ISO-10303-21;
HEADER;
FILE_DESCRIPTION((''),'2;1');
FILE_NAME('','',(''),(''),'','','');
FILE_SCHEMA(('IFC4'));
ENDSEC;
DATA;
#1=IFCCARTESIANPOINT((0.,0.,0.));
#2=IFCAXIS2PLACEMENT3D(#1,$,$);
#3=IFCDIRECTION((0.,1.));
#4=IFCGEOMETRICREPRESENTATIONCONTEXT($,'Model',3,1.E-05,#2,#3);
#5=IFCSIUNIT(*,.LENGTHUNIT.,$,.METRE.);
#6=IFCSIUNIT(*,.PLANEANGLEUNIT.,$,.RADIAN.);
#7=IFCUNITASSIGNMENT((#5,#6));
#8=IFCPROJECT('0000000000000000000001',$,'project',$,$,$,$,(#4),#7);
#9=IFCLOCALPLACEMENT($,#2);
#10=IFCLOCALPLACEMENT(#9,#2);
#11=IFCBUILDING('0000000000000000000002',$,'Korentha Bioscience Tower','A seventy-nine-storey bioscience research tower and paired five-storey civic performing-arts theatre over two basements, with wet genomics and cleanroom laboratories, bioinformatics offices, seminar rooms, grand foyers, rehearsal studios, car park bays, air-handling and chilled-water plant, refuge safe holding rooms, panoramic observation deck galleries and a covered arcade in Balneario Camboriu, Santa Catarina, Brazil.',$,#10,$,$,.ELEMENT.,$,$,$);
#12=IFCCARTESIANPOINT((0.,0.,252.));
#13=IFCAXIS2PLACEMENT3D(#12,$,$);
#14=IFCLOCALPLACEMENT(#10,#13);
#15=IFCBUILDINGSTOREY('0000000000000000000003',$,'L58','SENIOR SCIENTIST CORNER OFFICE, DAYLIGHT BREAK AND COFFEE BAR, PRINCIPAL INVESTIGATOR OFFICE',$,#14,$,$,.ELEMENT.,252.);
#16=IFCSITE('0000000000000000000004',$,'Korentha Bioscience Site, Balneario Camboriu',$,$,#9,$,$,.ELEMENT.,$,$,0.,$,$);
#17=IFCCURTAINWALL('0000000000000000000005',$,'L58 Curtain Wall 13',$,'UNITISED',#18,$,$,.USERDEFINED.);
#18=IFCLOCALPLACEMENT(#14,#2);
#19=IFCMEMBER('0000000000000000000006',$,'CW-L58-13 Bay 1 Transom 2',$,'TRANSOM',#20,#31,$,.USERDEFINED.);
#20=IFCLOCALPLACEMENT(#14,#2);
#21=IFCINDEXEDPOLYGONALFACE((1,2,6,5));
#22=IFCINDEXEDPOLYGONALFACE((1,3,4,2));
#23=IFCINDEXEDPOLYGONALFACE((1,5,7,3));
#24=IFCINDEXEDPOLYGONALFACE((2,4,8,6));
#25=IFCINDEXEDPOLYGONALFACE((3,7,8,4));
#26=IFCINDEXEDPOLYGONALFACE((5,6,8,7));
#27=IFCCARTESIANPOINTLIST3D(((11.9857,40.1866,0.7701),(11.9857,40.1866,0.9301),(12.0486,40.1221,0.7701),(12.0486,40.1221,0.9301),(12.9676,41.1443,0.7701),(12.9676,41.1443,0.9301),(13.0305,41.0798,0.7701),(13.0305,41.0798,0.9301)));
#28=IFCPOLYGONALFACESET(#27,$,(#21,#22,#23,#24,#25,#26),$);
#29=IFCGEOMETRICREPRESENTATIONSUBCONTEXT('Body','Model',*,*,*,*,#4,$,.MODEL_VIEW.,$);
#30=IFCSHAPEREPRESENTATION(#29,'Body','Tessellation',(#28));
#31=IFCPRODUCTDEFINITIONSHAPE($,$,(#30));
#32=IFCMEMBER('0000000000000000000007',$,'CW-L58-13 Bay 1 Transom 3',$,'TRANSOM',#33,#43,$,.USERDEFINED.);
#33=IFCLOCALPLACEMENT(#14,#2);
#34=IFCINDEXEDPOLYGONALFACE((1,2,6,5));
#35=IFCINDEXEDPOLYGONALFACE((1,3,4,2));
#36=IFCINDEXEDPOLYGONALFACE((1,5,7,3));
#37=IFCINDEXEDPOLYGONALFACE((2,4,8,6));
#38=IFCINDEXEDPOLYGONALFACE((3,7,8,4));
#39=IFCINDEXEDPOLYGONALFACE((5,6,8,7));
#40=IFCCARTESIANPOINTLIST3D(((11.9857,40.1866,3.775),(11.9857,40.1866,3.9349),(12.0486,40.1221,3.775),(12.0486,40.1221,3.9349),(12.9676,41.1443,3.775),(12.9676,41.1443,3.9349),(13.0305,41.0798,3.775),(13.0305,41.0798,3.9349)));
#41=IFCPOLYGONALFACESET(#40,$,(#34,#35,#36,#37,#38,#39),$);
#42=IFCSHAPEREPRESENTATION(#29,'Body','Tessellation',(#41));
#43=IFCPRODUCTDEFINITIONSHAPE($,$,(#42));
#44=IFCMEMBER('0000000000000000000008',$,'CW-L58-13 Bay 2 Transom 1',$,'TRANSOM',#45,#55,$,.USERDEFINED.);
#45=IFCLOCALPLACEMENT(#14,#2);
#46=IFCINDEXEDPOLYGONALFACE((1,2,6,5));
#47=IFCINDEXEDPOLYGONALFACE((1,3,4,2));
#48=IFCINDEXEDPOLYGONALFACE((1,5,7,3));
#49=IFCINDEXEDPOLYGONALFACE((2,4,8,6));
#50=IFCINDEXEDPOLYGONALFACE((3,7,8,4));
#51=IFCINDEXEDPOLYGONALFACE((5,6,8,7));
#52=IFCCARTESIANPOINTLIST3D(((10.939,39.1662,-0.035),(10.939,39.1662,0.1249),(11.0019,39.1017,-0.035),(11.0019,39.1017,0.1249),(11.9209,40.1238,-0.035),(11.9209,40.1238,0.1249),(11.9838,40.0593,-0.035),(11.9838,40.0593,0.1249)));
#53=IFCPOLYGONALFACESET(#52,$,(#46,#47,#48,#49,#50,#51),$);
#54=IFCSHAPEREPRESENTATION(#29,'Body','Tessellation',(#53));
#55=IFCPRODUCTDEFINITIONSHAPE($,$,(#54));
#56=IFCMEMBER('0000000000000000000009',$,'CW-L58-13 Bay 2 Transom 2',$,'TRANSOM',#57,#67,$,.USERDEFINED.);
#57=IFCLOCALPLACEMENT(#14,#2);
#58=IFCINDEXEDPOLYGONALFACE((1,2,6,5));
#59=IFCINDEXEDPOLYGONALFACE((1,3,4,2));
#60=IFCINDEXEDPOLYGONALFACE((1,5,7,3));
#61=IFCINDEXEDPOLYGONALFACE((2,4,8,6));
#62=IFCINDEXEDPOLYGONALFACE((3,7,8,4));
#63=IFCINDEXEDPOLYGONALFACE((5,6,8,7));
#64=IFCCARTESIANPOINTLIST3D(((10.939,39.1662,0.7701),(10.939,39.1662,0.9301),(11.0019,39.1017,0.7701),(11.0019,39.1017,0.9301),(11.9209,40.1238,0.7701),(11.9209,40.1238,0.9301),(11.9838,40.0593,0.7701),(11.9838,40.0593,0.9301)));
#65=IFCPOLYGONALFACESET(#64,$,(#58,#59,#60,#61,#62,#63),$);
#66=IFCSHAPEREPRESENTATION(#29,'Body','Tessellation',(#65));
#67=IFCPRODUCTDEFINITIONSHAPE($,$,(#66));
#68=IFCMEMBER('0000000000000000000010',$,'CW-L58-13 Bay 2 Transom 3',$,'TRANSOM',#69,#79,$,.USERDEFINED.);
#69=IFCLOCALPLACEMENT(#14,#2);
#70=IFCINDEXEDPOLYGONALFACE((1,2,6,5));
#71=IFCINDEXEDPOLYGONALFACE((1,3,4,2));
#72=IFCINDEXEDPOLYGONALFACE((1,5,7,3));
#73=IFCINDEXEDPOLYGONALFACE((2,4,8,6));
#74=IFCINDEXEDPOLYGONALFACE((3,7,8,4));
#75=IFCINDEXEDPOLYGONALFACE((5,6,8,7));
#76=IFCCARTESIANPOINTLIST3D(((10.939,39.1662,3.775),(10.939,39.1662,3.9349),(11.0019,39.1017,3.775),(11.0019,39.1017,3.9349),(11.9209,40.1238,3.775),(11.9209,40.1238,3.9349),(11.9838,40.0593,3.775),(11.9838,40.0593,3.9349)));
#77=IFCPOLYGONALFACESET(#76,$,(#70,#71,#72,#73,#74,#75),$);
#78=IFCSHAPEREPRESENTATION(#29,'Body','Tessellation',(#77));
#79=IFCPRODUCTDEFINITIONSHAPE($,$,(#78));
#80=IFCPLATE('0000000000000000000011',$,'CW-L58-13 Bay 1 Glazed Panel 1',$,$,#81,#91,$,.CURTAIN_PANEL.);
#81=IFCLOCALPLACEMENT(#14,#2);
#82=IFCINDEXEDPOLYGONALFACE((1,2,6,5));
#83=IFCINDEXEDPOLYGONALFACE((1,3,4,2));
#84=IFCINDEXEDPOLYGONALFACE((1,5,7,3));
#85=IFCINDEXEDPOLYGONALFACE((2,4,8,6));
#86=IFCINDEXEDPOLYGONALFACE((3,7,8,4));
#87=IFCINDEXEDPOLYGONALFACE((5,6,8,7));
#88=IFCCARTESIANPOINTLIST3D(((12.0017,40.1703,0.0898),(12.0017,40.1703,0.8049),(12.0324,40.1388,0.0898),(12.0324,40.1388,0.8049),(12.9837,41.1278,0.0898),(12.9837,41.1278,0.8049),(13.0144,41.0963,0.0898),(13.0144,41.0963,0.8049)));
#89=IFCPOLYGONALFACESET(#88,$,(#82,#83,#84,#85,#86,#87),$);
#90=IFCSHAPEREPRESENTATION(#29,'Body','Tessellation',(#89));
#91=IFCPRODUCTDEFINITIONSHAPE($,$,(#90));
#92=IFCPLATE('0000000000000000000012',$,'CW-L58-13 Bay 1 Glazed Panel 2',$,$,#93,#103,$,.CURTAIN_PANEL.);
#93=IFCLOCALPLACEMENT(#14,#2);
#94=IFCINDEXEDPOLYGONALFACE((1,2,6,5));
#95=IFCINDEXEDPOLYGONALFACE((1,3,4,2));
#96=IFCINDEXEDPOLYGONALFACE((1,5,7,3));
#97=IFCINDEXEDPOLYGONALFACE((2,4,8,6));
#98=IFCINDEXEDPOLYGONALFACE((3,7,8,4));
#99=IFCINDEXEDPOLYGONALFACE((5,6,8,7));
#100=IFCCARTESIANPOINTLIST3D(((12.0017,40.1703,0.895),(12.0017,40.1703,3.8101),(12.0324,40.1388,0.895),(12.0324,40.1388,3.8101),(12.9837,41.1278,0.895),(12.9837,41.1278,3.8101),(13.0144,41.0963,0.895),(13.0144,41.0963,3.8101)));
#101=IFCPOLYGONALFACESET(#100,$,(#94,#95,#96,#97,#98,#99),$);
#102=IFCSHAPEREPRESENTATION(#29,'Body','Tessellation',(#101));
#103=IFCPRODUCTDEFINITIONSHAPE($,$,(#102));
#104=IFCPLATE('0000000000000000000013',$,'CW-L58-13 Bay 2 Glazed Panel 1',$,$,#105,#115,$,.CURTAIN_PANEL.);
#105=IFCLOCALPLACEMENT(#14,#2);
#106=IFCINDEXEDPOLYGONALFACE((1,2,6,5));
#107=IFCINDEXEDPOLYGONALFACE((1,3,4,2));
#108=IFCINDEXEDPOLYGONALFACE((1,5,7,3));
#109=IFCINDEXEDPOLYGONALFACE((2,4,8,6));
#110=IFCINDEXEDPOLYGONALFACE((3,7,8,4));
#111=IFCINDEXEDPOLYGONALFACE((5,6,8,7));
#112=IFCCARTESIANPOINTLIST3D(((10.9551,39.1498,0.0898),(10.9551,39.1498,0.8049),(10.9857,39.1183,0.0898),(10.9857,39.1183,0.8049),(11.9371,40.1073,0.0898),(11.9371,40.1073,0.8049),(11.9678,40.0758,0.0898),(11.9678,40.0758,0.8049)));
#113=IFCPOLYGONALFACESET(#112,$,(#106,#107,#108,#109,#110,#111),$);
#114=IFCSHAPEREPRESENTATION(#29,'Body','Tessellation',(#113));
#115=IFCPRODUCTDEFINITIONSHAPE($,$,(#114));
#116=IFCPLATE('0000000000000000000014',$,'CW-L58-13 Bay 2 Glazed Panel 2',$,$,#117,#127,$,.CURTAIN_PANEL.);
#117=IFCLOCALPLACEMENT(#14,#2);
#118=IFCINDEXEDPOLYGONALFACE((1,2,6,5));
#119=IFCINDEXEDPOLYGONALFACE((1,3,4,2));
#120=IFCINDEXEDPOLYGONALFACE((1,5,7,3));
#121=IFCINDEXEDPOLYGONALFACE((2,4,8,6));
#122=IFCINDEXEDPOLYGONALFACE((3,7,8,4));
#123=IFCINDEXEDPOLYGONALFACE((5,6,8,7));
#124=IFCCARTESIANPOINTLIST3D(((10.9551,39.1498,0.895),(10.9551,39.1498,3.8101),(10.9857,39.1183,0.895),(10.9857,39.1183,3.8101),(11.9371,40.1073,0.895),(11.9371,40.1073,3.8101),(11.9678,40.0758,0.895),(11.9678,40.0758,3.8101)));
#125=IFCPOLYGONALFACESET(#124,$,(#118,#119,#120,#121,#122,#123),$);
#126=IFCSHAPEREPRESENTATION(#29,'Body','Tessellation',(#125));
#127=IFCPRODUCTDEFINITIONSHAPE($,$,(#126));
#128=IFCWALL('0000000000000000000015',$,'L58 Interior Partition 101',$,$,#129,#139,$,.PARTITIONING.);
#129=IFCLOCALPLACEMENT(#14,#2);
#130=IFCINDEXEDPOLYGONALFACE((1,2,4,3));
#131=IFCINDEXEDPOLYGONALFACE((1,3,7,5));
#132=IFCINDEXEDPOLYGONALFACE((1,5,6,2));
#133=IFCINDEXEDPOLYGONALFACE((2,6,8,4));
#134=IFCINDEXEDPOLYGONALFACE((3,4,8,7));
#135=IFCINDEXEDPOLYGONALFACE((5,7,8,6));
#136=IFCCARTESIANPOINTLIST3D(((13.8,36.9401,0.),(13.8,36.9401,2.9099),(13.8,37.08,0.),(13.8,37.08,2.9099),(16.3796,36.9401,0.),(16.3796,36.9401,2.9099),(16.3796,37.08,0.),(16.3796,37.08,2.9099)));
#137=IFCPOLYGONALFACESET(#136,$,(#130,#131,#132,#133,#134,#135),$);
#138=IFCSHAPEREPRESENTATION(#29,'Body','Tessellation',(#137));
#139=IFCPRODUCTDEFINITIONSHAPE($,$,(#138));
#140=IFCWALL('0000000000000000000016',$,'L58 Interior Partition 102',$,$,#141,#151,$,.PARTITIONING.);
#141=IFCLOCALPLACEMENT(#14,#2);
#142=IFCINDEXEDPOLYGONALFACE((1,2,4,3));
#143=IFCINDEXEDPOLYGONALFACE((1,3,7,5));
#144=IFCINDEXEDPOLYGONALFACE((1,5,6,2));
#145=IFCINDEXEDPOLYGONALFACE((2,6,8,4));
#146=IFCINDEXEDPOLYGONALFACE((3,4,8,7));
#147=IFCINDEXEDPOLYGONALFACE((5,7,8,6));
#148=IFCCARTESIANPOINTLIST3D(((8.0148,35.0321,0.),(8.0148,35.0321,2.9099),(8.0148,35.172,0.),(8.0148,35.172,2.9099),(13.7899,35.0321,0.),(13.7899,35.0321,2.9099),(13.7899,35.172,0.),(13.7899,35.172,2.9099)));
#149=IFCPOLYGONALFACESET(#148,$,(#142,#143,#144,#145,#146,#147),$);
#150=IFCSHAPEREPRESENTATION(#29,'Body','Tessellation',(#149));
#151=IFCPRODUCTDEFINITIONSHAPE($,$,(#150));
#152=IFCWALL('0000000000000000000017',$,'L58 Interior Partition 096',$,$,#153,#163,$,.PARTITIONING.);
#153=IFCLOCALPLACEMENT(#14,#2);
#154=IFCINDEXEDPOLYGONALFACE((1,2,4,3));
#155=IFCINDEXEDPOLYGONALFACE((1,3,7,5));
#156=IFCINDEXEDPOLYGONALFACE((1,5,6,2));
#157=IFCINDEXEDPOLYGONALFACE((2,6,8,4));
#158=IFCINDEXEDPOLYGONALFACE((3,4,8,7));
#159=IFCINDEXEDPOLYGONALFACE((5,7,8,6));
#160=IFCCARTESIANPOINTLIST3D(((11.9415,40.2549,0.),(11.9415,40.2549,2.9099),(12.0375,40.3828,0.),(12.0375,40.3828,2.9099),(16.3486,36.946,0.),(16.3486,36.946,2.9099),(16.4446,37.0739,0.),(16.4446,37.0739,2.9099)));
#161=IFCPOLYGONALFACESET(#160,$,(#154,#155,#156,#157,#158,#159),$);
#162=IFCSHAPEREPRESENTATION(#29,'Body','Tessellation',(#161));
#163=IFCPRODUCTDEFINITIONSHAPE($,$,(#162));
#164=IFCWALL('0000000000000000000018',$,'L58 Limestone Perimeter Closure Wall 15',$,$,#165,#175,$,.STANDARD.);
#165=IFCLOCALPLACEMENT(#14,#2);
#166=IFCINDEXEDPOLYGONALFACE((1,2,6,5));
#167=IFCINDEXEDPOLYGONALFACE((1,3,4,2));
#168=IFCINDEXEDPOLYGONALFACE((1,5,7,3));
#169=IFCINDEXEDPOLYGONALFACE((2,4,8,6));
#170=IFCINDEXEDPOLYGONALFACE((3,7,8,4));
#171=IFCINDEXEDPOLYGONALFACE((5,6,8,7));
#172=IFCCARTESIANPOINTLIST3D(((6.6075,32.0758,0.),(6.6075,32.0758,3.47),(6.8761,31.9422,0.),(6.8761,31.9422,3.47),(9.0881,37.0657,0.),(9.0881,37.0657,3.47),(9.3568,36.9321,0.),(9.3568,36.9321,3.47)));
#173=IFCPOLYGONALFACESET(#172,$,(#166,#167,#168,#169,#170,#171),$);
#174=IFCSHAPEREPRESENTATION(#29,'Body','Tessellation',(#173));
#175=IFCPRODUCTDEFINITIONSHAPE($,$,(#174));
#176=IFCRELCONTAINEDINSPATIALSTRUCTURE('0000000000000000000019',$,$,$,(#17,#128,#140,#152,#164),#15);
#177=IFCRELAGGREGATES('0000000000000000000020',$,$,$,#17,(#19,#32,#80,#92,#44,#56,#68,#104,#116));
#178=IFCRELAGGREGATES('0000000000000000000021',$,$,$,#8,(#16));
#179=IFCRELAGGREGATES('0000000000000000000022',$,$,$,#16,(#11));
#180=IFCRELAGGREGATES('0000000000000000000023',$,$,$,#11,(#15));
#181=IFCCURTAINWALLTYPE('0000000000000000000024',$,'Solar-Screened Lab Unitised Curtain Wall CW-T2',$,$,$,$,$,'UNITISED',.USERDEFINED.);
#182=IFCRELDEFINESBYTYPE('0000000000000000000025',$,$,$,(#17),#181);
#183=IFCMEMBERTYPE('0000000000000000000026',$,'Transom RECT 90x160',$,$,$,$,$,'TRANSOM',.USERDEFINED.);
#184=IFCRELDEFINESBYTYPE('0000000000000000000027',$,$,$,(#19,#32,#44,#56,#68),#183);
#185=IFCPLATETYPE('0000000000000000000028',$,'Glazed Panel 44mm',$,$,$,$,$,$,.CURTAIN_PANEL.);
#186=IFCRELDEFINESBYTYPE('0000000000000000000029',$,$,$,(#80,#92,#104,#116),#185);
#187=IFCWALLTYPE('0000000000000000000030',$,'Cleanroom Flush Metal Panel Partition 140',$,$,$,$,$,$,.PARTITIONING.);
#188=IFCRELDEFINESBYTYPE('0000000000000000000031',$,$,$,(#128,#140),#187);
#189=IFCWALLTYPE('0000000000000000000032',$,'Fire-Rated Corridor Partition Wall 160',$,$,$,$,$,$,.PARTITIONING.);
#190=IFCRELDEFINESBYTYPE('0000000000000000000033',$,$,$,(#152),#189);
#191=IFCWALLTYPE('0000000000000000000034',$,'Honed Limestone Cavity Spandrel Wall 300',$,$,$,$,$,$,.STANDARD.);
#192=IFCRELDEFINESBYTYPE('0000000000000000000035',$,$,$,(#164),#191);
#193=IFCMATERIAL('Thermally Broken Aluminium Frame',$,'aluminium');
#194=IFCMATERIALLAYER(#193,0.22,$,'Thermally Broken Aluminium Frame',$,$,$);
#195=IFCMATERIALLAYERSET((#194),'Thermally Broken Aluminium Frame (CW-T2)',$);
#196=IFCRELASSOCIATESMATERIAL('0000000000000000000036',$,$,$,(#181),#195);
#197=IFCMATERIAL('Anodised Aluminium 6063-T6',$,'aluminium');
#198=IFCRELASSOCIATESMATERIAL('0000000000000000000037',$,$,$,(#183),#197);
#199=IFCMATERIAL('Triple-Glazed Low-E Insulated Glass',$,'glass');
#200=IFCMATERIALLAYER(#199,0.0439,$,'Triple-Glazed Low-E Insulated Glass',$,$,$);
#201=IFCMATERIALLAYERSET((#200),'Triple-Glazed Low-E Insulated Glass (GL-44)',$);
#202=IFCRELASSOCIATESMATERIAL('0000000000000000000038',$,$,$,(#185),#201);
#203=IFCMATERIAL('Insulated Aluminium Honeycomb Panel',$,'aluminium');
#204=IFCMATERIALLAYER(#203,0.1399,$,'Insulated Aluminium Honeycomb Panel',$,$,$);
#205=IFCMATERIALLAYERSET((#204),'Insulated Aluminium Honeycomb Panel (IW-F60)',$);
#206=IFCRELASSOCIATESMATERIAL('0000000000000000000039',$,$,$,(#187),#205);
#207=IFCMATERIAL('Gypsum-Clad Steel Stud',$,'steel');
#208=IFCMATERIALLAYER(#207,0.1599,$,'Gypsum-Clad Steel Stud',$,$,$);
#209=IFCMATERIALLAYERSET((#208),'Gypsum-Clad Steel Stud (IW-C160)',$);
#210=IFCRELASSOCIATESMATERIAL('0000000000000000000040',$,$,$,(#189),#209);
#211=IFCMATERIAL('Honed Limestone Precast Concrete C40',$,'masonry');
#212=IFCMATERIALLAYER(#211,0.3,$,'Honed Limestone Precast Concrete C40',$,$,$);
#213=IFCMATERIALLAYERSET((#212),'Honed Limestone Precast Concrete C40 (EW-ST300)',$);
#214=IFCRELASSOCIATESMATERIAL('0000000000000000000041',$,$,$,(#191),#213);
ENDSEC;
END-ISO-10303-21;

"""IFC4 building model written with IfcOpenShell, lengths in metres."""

from ifc_helpers import new_model, si_unit, direction, frame, frame_2d, origin, origin_2d, place, context, subcontext, project, spatial, rectangle, extrude, material, layer, layer_set, material_profile, profile_set, type_object, element, aggregate, save


model = new_model("IFC4")

# Units and contexts
model_context = context("Model", 3, precision=1e-05, world=origin(), true_north=direction((0.0, 1.0)))
body_context = subcontext(model_context, "Body", "Model", "MODEL_VIEW")
ifc_project = project(units=[si_unit("LENGTHUNIT", "METRE"), si_unit("PLANEANGLEUNIT", "RADIAN")], contexts=[model_context])

# Site, building, storey
site_placement = place(None, origin())
site = spatial("IfcSite", under=ifc_project, at=site_placement, Name="Korentha Bioscience Site, Balneario Camboriu", CompositionType="ELEMENT", RefElevation=0.0)
building_placement = place(site_placement, origin())
building = spatial("IfcBuilding", under=site, at=building_placement, Name="Korentha Bioscience Tower", Description="A seventy-nine-storey bioscience research tower and paired five-storey civic performing-arts theatre over two basements, with wet genomics and cleanroom laboratories, bioinformatics offices, seminar rooms, grand foyers, rehearsal studios, car park bays, air-handling and chilled-water plant, refuge safe holding rooms, panoramic observation deck galleries and a covered arcade in Balneario Camboriu, Santa Catarina, Brazil.", CompositionType="ELEMENT")
storey_placement = place(building_placement, frame((0.0, 0.0, 252.0)))
storey = spatial("IfcBuildingStorey", under=building, at=storey_placement, Name="L58", Description="SENIOR SCIENTIST CORNER OFFICE, DAYLIGHT BREAK AND COFFEE BAR, PRINCIPAL INVESTIGATOR OFFICE", CompositionType="ELEMENT", Elevation=252.0)

# Curtain wall
ifc_material_1 = material(Name="Thermally Broken Aluminium Frame", Category="aluminium")
ifc_layer_1 = layer(ifc_material_1, 0.22, Name="Thermally Broken Aluminium Frame")
ifc_layer_set_1 = layer_set([ifc_layer_1], Name="Thermally Broken Aluminium Frame (CW-T2)")
curtain_wall_type = type_object("IfcCurtainWallType", Name="Solar-Screened Lab Unitised Curtain Wall CW-T2", ElementType="UNITISED", PredefinedType="USERDEFINED", material=ifc_layer_set_1)
curtain_wall_placement = place(storey_placement, origin())
curtain_wall = element("IfcCurtainWall", 1, at=curtain_wall_placement, inside=storey, type_object=curtain_wall_type, Name="L58 Curtain Wall 13", ObjectType="UNITISED", PredefinedType="USERDEFINED")
ifc_material_2 = material(Name="Anodised Aluminium 6063-T6", Category="aluminium")

# Members
ifc_material_profile_1 = material_profile(ifc_material_2, rectangle(XDim=0.0901, YDim=0.1599, at=origin_2d()), Name="Anodised Aluminium 6063-T6")
ifc_profile_set_1 = profile_set([ifc_material_profile_1], Name="Anodised Aluminium 6063-T6 (CW-TRN)")
member_type_1 = type_object("IfcMemberType", Name="Transom RECT 90x160", ElementType="TRANSOM", PredefinedType="USERDEFINED", material=ifc_profile_set_1)
member_1_placement = place(storey_placement, frame((12.999, 41.1121, 0.8501), z_axis=(-0.715862, -0.698242, 0.0), x_axis=(0.698242, -0.715862, 0.0)))
member_1 = element("IfcMember", 2, at=member_1_placement, type_object=member_type_1, Name="CW-L58-13 Bay 1 Transom 2", ObjectType="TRANSOM", PredefinedType="USERDEFINED", context=body_context, shape_type="SweptSolid", body=[
    extrude(rectangle(XDim=0.0901, YDim=0.1599, at=origin_2d()), origin(), (0.0, 0.0, 1.0), 1.3716),
])
member_2_placement = place(storey_placement, frame((12.999, 41.1121, 3.855), z_axis=(-0.715862, -0.698242, 0.0), x_axis=(0.698242, -0.715862, 0.0)))
member_2 = element("IfcMember", 3, at=member_2_placement, type_object=member_type_1, Name="CW-L58-13 Bay 1 Transom 3", ObjectType="TRANSOM", PredefinedType="USERDEFINED", context=body_context, shape_type="SweptSolid", body=[
    extrude(rectangle(XDim=0.0901, YDim=0.1599, at=origin_2d()), origin(), (0.0, 0.0, 1.0), 1.3716),
])
member_3_placement = place(storey_placement, frame((11.9524, 40.0916, 0.0449), z_axis=(-0.715951, -0.69815, 0.0), x_axis=(0.69815, -0.715951, 0.0)))
member_3 = element("IfcMember", 4, at=member_3_placement, type_object=member_type_1, Name="CW-L58-13 Bay 2 Transom 1", ObjectType="TRANSOM", PredefinedType="USERDEFINED", context=body_context, shape_type="SweptSolid", body=[
    extrude(rectangle(XDim=0.0901, YDim=0.1599, at=origin_2d()), origin(), (0.0, 0.0, 1.0), 1.3716),
])
member_4_placement = place(storey_placement, frame((11.9524, 40.0916, 0.8501), z_axis=(-0.715951, -0.69815, 0.0), x_axis=(0.69815, -0.715951, 0.0)))
member_4 = element("IfcMember", 5, at=member_4_placement, type_object=member_type_1, Name="CW-L58-13 Bay 2 Transom 2", ObjectType="TRANSOM", PredefinedType="USERDEFINED", context=body_context, shape_type="SweptSolid", body=[
    extrude(rectangle(XDim=0.0901, YDim=0.1599, at=origin_2d()), origin(), (0.0, 0.0, 1.0), 1.3716),
])
member_5_placement = place(storey_placement, frame((11.9524, 40.0916, 3.855), z_axis=(-0.715951, -0.69815, 0.0), x_axis=(0.69815, -0.715951, 0.0)))
member_5 = element("IfcMember", 6, at=member_5_placement, type_object=member_type_1, Name="CW-L58-13 Bay 2 Transom 3", ObjectType="TRANSOM", PredefinedType="USERDEFINED", context=body_context, shape_type="SweptSolid", body=[
    extrude(rectangle(XDim=0.0901, YDim=0.1599, at=origin_2d()), origin(), (0.0, 0.0, 1.0), 1.3716),
])

# Plates
ifc_material_3 = material(Name="Triple-Glazed Low-E Insulated Glass", Category="glass")
ifc_layer_2 = layer(ifc_material_3, 0.0439, Name="Triple-Glazed Low-E Insulated Glass")
ifc_layer_set_2 = layer_set([ifc_layer_2], Name="Triple-Glazed Low-E Insulated Glass (GL-44)")
plate_type = type_object("IfcPlateType", Name="Glazed Panel 44mm", PredefinedType="CURTAIN_PANEL", material=ifc_layer_set_2)
plate_1_placement = place(storey_placement, frame((12.5081, 40.6333, 0.0898), z_axis=(0.0, 0.0, 1.0), x_axis=(-0.715994, -0.698107, 0.0)))
plate_1 = element("IfcPlate", 7, at=plate_1_placement, type_object=plate_type, Name="CW-L58-13 Bay 1 Glazed Panel 1", PredefinedType="CURTAIN_PANEL", context=body_context, shape_type="SweptSolid", body=[
    extrude(rectangle(XDim=1.3716, YDim=0.0439, at=origin_2d()), origin(), (0.0, 0.0, 1.0), 0.7151),
])
plate_2_placement = place(storey_placement, frame((12.5081, 40.6333, 0.895), z_axis=(0.0, 0.0, 1.0), x_axis=(-0.715994, -0.698107, 0.0)))
plate_2 = element("IfcPlate", 8, at=plate_2_placement, type_object=plate_type, Name="CW-L58-13 Bay 1 Glazed Panel 2", PredefinedType="CURTAIN_PANEL", context=body_context, shape_type="SweptSolid", body=[
    extrude(rectangle(XDim=1.3716, YDim=0.0439, at=origin_2d()), origin(), (0.0, 0.0, 1.0), 2.915),
])
plate_3_placement = place(storey_placement, frame((11.4614, 39.6128, 0.0898), z_axis=(0.0, 0.0, 1.0), x_axis=(-0.715994, -0.698107, 0.0)))
plate_3 = element("IfcPlate", 9, at=plate_3_placement, type_object=plate_type, Name="CW-L58-13 Bay 2 Glazed Panel 1", PredefinedType="CURTAIN_PANEL", context=body_context, shape_type="SweptSolid", body=[
    extrude(rectangle(XDim=1.3716, YDim=0.0439, at=origin_2d()), origin(), (0.0, 0.0, 1.0), 0.7151),
])
plate_4_placement = place(storey_placement, frame((11.4614, 39.6128, 0.895), z_axis=(0.0, 0.0, 1.0), x_axis=(-0.715994, -0.698107, 0.0)))
plate_4 = element("IfcPlate", 10, at=plate_4_placement, type_object=plate_type, Name="CW-L58-13 Bay 2 Glazed Panel 2", PredefinedType="CURTAIN_PANEL", context=body_context, shape_type="SweptSolid", body=[
    extrude(rectangle(XDim=1.3716, YDim=0.0439, at=origin_2d()), origin(), (0.0, 0.0, 1.0), 2.915),
])
aggregate(curtain_wall, [member_1, member_2, plate_1, plate_2, member_3, member_4, member_5, plate_3, plate_4])

# Shared definitions
ifc_material_4 = material(Name="Insulated Aluminium Honeycomb Panel", Category="aluminium")
ifc_layer_3 = layer(ifc_material_4, 0.1399, Name="Insulated Aluminium Honeycomb Panel")
ifc_layer_set_3 = layer_set([ifc_layer_3], Name="Insulated Aluminium Honeycomb Panel (IW-F60)")
wall_type_1 = type_object("IfcWallType", Name="Cleanroom Flush Metal Panel Partition 140", PredefinedType="PARTITIONING", material=ifc_layer_set_3)

# Walls
wall_1_placement = place(storey_placement, frame((16.3796, 37.01, 0.0), z_axis=(0.0, 0.0, 1.0), x_axis=(-1.0, 0.0, 0.0)))
element("IfcWall", 11, at=wall_1_placement, inside=storey, type_object=wall_type_1, Name="L58 Interior Partition 101", PredefinedType="PARTITIONING", context=body_context, shape_type="SweptSolid", body=[
    extrude(rectangle(XDim=2.5796, YDim=0.1399, at=frame_2d((1.2898, 0.0))), origin(), (0.0, 0.0, 1.0), 2.9099),
])
wall_2_placement = place(storey_placement, frame((13.79, 35.1021, 0.0), z_axis=(0.0, 0.0, 1.0), x_axis=(-1.0, 0.0, 0.0)))
element("IfcWall", 12, at=wall_2_placement, inside=storey, type_object=wall_type_1, Name="L58 Interior Partition 102", PredefinedType="PARTITIONING", context=body_context, shape_type="SweptSolid", body=[
    extrude(rectangle(XDim=5.7751, YDim=0.1399, at=frame_2d((2.8877, 0.0))), origin(), (0.0, 0.0, 1.0), 2.9099),
])
ifc_material_5 = material(Name="Gypsum-Clad Steel Stud", Category="steel")
ifc_layer_4 = layer(ifc_material_5, 0.1599, Name="Gypsum-Clad Steel Stud")
ifc_layer_set_4 = layer_set([ifc_layer_4], Name="Gypsum-Clad Steel Stud (IW-C160)")
wall_type_2 = type_object("IfcWallType", Name="Fire-Rated Corridor Partition Wall 160", PredefinedType="PARTITIONING", material=ifc_layer_set_4)
wall_3_placement = place(storey_placement, frame((16.3965, 37.01, 0.0), z_axis=(0.0, 0.0, 1.0), x_axis=(-0.799686, 0.600418, 0.0)))
element("IfcWall", 13, at=wall_3_placement, inside=storey, type_object=wall_type_2, Name="L58 Interior Partition 096", PredefinedType="PARTITIONING", context=body_context, shape_type="SweptSolid", body=[
    extrude(rectangle(XDim=5.511, YDim=0.1599, at=frame_2d((2.7554, 0.0))), origin(), (0.0, 0.0, 1.0), 2.9099),
])

# Shared definitions
ifc_material_6 = material(Name="Honed Limestone Precast Concrete C40", Category="masonry")
ifc_layer_5 = layer(ifc_material_6, 0.3, Name="Honed Limestone Precast Concrete C40")
ifc_layer_set_5 = layer_set([ifc_layer_5], Name="Honed Limestone Precast Concrete C40 (EW-ST300)")
wall_type_3 = type_object("IfcWallType", Name="Honed Limestone Cavity Spandrel Wall 300", PredefinedType="STANDARD", material=ifc_layer_set_5)

# Wall
wall_4_placement = place(storey_placement, frame((9.2224, 36.9988, 0.0), z_axis=(0.0, 0.0, 1.0), x_axis=(-0.445162, -0.89545, 0.0)))
element("IfcWall", 14, at=wall_4_placement, inside=storey, type_object=wall_type_3, Name="L58 Limestone Perimeter Closure Wall 15", PredefinedType="STANDARD", context=body_context, shape_type="SweptSolid", body=[
    extrude(rectangle(XDim=5.5725, YDim=0.3, at=frame_2d((2.7861, 0.0))), origin(), (0.0, 0.0, 1.0), 3.47),
])

save(model, "model.ifc")
